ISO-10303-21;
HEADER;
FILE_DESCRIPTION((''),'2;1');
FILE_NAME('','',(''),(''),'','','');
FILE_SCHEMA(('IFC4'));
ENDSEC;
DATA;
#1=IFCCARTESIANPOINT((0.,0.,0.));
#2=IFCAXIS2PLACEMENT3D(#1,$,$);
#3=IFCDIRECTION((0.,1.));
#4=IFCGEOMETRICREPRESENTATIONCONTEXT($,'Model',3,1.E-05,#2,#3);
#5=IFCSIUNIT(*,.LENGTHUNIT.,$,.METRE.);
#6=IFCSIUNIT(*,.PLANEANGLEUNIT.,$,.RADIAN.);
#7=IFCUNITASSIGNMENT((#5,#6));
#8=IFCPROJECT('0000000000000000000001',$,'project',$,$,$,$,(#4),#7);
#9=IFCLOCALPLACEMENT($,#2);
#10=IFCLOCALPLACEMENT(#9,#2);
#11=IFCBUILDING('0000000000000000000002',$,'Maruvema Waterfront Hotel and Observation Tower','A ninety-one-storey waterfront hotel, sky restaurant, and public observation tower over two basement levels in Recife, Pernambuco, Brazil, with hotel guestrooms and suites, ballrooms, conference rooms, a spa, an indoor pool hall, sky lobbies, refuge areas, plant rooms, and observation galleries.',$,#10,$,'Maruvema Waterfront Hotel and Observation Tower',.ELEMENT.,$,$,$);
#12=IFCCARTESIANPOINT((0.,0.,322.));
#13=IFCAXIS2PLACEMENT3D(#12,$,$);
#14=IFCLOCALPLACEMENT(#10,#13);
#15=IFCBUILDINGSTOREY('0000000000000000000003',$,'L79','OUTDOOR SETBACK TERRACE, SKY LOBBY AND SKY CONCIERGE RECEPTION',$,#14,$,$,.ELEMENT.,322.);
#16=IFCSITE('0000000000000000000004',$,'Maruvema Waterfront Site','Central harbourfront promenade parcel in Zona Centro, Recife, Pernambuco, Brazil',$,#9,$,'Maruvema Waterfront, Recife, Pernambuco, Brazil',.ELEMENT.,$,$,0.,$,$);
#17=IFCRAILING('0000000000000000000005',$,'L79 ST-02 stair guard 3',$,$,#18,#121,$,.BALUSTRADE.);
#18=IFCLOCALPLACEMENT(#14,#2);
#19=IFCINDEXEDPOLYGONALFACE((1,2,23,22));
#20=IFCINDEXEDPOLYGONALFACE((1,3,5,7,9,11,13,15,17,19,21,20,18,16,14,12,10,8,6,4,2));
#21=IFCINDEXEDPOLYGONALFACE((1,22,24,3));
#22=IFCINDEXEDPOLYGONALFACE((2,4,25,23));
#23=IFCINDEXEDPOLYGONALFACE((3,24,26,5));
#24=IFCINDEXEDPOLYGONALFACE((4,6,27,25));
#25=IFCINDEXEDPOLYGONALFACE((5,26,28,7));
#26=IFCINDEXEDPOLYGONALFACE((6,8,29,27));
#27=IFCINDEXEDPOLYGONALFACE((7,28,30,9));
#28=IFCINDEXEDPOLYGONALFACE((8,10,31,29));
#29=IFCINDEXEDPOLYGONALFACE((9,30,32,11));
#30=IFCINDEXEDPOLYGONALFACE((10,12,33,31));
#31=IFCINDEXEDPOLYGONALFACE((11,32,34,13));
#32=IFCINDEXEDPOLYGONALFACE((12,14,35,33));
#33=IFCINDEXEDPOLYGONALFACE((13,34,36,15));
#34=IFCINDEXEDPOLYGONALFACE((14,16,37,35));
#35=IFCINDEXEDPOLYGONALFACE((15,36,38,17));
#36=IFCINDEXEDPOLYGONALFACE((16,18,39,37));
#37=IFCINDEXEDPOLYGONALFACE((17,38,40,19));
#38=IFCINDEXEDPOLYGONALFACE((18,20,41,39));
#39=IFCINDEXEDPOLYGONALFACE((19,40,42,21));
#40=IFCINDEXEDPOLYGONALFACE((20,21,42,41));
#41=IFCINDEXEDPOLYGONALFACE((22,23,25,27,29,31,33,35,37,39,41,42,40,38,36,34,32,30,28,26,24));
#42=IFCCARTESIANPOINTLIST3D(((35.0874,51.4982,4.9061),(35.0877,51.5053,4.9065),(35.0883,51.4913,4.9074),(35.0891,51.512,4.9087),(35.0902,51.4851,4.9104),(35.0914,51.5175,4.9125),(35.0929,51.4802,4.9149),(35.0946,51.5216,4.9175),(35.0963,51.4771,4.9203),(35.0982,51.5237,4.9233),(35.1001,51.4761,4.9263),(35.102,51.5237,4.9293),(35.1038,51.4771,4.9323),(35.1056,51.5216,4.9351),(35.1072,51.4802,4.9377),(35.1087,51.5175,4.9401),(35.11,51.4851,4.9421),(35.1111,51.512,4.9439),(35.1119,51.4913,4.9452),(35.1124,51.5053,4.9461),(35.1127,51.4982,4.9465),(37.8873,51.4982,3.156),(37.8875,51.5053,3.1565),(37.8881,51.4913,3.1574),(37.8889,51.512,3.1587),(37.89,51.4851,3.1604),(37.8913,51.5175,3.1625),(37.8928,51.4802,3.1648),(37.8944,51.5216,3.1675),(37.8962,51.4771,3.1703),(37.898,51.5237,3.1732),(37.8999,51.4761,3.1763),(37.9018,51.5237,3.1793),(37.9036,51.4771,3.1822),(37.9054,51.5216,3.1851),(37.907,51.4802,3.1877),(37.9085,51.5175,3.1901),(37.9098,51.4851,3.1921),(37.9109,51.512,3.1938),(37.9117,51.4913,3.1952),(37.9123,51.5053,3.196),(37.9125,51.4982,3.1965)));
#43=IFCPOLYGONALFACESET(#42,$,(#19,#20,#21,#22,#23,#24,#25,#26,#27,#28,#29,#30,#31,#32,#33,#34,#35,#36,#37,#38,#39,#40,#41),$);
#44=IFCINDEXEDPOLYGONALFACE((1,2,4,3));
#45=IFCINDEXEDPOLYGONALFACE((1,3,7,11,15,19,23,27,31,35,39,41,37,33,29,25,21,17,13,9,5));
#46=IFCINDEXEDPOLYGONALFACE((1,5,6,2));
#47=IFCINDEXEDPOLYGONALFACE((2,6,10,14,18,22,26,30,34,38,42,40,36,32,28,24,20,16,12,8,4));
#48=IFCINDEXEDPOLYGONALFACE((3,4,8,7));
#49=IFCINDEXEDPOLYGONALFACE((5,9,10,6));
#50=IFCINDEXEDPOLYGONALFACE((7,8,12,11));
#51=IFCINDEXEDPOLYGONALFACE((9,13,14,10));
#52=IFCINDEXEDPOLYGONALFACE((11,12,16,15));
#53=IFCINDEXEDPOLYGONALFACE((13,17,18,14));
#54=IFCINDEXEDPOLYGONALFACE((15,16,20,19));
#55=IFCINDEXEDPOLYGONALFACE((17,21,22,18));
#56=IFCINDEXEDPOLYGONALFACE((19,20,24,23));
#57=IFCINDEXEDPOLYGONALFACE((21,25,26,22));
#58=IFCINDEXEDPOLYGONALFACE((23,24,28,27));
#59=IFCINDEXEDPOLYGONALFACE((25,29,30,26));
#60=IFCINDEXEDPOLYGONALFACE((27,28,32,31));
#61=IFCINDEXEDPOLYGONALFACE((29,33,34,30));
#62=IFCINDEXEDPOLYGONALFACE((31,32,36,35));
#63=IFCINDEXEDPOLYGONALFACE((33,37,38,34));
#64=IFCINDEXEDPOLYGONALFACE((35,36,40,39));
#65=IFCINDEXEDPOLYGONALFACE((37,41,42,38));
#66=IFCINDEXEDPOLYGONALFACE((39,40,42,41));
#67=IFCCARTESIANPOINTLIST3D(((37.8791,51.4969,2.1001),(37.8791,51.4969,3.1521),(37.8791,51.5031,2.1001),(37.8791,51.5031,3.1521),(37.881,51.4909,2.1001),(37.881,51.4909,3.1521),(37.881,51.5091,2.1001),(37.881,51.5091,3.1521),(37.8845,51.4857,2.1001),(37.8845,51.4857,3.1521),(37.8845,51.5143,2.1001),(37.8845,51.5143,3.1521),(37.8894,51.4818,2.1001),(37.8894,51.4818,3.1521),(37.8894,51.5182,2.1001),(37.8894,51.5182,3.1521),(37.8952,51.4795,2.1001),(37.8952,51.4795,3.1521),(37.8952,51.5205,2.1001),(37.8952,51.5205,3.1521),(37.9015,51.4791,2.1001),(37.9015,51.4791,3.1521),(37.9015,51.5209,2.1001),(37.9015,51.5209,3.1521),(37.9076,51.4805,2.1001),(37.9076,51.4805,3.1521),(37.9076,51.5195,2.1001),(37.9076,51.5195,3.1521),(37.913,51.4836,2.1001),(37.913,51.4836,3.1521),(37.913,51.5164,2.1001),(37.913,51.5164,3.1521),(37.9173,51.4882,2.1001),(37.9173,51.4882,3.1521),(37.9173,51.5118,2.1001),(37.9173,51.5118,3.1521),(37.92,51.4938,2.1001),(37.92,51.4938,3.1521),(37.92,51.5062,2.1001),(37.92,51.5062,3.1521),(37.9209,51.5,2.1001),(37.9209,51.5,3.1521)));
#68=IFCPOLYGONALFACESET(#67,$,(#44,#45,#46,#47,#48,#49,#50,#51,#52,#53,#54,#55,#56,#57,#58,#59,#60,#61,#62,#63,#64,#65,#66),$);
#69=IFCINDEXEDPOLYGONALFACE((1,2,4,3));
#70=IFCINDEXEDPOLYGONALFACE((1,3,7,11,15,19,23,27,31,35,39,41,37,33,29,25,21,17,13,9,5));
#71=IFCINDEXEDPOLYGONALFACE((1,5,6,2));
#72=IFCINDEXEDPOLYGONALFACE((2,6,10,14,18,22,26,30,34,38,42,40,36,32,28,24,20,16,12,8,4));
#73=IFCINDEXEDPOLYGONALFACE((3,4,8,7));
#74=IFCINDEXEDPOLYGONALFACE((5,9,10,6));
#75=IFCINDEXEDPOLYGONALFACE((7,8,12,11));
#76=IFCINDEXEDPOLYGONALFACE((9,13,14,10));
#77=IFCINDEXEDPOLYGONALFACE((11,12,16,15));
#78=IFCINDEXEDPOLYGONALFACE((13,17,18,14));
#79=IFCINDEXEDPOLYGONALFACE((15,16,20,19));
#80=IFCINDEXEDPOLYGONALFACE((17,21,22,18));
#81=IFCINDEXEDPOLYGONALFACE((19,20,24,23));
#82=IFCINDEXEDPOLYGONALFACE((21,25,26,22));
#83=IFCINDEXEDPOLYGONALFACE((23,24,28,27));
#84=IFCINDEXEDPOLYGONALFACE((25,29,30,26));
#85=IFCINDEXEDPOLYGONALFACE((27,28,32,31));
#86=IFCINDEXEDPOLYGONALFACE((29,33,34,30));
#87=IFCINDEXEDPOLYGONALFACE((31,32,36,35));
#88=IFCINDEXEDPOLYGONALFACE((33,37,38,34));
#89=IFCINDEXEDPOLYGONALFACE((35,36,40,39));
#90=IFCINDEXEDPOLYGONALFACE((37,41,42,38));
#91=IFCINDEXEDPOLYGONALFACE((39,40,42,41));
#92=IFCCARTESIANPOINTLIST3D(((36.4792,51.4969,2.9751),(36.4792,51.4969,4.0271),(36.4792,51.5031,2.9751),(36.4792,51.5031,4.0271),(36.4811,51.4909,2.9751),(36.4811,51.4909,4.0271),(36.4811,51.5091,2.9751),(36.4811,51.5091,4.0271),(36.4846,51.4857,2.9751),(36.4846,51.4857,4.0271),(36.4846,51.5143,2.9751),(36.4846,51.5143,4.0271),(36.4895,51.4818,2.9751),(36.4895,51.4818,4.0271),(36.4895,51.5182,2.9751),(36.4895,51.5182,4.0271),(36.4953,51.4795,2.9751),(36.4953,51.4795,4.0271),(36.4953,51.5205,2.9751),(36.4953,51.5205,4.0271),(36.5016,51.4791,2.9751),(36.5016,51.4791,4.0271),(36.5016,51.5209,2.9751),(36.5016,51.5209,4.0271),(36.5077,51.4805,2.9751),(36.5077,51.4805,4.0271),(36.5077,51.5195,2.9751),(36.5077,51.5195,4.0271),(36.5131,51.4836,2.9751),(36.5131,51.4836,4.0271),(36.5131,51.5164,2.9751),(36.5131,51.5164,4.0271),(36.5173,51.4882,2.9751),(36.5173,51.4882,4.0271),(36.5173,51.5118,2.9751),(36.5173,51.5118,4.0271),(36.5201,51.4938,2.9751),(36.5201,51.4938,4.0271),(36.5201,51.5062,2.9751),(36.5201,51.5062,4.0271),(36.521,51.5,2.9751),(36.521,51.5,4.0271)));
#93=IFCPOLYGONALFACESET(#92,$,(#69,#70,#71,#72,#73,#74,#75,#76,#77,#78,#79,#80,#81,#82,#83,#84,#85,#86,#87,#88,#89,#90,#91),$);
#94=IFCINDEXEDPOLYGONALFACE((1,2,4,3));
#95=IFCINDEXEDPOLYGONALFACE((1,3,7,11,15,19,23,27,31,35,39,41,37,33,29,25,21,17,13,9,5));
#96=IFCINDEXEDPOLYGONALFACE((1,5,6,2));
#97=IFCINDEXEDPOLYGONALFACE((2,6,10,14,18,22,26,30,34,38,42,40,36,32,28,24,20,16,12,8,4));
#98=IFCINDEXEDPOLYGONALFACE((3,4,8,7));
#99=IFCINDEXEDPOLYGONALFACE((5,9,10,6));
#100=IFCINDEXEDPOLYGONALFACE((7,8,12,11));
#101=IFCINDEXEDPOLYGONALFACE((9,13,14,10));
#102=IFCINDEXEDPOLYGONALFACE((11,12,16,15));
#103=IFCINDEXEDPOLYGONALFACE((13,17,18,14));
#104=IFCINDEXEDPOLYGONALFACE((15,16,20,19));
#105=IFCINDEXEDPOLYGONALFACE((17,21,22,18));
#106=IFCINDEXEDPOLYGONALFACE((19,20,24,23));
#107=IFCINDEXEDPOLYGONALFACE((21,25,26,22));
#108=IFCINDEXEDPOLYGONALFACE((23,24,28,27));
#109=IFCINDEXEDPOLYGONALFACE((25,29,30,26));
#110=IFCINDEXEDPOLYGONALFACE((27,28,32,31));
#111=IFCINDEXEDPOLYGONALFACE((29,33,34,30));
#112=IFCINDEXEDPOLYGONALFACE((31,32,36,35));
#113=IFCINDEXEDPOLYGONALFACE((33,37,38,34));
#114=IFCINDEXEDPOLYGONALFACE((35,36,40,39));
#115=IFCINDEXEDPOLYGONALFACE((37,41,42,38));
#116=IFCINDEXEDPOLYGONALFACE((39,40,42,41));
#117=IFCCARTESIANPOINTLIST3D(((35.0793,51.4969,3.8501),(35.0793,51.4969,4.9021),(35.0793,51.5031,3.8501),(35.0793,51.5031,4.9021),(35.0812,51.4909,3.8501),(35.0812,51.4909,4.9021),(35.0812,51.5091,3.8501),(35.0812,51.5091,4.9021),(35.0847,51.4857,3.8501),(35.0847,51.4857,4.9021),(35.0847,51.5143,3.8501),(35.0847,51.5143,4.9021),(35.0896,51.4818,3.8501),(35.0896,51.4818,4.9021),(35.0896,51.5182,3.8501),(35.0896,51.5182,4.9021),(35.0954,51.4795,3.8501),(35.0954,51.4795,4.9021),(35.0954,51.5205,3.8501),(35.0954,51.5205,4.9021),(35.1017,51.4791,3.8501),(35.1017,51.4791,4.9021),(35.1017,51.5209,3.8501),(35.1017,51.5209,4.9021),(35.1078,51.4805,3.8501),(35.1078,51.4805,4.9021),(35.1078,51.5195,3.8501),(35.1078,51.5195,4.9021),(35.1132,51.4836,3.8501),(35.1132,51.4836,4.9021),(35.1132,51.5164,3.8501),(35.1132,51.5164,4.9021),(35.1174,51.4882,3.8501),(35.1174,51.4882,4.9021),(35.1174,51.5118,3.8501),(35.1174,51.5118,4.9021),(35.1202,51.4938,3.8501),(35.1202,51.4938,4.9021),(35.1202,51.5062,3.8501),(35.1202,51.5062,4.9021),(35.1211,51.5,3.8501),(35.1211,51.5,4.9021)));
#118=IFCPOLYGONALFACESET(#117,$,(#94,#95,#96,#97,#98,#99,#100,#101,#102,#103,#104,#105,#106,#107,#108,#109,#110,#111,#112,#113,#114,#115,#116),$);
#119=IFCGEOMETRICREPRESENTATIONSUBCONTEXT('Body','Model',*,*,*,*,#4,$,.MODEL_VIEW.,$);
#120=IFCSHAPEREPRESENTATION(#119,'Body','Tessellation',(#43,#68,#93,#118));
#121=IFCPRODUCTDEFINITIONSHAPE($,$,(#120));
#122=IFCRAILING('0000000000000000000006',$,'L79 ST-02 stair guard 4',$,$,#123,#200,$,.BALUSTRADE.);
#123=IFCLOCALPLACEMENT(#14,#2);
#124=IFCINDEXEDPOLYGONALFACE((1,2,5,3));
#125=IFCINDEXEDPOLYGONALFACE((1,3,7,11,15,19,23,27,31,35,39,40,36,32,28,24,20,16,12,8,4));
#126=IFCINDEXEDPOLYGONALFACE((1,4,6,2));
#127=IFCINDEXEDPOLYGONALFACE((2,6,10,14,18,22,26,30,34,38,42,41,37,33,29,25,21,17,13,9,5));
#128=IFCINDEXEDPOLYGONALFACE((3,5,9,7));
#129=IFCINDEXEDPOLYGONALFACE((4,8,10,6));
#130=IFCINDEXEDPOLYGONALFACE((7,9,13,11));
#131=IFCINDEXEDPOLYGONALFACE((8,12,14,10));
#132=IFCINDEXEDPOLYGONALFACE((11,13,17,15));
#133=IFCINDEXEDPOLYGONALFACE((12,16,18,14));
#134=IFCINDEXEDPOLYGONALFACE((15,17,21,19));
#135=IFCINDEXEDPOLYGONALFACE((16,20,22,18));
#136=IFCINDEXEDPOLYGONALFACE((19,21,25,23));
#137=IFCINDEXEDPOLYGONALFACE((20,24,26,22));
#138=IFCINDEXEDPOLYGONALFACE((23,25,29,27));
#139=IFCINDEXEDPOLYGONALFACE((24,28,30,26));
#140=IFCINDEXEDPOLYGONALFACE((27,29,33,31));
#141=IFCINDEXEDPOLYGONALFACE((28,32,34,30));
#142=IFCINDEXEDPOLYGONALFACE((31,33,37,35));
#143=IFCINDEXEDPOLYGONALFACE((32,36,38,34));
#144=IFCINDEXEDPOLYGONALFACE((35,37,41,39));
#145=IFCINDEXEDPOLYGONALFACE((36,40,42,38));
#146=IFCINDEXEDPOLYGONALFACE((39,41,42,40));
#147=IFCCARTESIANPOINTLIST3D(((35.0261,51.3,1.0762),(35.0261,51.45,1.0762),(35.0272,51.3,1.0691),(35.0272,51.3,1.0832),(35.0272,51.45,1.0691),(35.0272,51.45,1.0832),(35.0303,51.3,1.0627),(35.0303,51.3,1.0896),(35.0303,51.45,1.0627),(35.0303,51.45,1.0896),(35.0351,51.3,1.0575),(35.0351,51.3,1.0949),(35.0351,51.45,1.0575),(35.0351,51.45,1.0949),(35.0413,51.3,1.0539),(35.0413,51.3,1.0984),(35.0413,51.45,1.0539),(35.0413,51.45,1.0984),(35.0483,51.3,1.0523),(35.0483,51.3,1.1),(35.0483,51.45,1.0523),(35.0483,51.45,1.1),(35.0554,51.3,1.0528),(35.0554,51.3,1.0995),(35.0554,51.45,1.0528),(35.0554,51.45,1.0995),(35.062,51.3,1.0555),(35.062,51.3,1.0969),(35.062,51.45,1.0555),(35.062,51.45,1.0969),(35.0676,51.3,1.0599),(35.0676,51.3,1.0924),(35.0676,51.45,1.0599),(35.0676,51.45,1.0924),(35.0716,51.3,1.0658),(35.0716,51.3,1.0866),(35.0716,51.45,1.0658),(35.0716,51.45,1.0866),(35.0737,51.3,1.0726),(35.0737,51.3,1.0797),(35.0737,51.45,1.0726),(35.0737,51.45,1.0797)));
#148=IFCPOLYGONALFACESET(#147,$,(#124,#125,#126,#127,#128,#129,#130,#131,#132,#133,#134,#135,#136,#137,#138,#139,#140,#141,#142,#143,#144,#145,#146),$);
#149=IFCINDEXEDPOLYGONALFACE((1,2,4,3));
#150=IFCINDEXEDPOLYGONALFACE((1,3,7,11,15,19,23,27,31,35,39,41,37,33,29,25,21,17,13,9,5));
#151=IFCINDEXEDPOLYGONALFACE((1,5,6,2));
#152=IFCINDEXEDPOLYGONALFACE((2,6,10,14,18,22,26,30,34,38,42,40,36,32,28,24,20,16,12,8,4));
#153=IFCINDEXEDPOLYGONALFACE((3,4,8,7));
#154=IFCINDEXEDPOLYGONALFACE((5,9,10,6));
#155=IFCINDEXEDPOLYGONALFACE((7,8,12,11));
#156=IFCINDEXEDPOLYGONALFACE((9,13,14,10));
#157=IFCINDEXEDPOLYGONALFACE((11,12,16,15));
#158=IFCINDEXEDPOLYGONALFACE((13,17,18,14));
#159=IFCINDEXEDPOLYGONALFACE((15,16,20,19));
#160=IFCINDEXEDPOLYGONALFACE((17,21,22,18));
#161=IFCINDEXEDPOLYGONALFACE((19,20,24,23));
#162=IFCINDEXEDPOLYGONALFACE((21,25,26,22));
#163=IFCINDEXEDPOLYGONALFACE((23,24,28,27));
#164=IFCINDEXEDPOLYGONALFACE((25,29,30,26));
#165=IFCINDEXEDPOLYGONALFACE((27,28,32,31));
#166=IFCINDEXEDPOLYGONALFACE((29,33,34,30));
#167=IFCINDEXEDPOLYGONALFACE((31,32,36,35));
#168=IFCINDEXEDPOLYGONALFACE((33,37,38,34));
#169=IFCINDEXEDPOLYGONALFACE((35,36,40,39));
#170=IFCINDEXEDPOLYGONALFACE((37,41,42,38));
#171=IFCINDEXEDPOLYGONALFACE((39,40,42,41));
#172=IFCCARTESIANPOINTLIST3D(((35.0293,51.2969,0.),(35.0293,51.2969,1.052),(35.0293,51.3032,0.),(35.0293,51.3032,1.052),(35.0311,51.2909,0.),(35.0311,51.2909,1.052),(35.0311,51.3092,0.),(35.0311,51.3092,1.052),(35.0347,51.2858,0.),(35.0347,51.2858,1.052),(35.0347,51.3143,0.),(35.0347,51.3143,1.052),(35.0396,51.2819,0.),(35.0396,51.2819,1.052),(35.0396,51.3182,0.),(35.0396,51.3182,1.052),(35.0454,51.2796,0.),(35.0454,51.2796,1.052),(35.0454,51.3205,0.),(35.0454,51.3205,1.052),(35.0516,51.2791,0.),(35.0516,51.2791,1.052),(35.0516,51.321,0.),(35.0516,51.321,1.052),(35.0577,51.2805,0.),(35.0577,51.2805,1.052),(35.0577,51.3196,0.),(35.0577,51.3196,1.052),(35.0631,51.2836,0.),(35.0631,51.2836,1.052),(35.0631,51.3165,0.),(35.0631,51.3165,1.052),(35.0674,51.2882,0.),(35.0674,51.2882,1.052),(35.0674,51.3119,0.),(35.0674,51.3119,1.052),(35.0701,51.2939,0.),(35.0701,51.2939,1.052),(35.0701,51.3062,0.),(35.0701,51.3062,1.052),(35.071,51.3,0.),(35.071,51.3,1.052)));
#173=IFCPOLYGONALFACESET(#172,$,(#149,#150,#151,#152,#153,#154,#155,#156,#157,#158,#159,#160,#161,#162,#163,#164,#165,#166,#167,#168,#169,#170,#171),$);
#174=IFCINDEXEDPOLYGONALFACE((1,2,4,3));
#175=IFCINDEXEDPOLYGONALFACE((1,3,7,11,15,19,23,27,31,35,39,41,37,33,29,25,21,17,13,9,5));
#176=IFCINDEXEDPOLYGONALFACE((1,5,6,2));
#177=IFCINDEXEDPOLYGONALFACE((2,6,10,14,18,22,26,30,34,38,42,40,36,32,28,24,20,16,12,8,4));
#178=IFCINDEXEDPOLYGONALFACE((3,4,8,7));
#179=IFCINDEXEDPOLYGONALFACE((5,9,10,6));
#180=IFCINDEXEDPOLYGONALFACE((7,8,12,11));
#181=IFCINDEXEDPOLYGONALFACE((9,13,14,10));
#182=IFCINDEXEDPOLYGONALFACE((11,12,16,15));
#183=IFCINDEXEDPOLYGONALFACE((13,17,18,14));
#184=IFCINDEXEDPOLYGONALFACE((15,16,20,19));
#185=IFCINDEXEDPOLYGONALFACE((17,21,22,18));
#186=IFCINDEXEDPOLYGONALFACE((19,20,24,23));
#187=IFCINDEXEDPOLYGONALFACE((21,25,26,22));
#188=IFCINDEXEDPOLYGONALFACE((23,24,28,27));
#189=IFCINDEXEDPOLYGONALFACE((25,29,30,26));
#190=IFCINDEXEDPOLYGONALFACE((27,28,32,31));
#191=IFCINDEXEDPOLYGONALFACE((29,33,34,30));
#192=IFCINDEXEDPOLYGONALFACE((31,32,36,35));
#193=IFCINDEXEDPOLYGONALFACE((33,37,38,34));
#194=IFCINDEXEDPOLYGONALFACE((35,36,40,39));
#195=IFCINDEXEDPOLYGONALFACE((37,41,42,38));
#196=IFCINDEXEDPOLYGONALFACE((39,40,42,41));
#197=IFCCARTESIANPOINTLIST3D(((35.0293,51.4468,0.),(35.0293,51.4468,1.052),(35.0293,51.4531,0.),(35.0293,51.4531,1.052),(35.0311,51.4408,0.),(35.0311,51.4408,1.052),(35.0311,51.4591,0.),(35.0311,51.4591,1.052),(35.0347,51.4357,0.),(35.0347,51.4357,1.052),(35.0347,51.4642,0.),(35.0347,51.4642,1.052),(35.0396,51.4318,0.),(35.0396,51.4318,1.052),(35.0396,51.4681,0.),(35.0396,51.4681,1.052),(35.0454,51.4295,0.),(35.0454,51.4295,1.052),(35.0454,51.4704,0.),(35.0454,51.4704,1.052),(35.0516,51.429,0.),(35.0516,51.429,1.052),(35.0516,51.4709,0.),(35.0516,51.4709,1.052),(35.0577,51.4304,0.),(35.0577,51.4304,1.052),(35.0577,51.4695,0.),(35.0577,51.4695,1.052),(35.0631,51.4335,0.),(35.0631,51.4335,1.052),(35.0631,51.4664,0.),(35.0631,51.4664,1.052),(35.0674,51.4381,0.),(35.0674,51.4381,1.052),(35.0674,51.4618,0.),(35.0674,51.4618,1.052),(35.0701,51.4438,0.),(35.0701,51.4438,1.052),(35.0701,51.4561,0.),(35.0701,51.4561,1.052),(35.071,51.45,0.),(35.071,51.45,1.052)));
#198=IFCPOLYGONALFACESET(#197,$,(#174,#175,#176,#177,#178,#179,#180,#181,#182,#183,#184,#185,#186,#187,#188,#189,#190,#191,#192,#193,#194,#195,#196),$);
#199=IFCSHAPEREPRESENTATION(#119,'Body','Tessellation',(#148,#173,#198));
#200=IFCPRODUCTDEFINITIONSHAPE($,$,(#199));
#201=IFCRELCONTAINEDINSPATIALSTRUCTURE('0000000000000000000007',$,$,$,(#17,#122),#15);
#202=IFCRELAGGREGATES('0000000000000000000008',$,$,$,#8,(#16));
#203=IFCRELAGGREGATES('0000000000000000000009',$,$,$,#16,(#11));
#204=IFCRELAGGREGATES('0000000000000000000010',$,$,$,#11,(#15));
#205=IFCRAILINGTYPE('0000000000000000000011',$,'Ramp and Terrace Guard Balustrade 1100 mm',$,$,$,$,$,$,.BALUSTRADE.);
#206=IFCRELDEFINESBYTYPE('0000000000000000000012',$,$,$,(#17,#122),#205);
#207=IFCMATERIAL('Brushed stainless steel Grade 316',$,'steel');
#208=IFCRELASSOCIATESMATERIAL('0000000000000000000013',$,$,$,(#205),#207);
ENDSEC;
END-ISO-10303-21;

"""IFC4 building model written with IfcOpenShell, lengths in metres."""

from ifc_helpers import new_model, si_unit, direction, frame, origin, origin_2d, place, context, subcontext, project, spatial, circle, extrude, material, type_object, element, save


model = new_model("IFC4")

# Units and contexts
model_context = context("Model", 3, precision=1e-05, world=origin(), true_north=direction((0.0, 1.0)))
body_context = subcontext(model_context, "Body", "Model", "MODEL_VIEW")
ifc_project = project(units=[si_unit("LENGTHUNIT", "METRE"), si_unit("PLANEANGLEUNIT", "RADIAN")], contexts=[model_context])

# Site, building, storey
site_placement = place(None, origin())
site = spatial("IfcSite", under=ifc_project, at=site_placement, Name="Maruvema Waterfront Site", Description="Central harbourfront promenade parcel in Zona Centro, Recife, Pernambuco, Brazil", LongName="Maruvema Waterfront, Recife, Pernambuco, Brazil", CompositionType="ELEMENT", RefElevation=0.0)
building_placement = place(site_placement, origin())
building = spatial("IfcBuilding", under=site, at=building_placement, Name="Maruvema Waterfront Hotel and Observation Tower", Description="A ninety-one-storey waterfront hotel, sky restaurant, and public observation tower over two basement levels in Recife, Pernambuco, Brazil, with hotel guestrooms and suites, ballrooms, conference rooms, a spa, an indoor pool hall, sky lobbies, refuge areas, plant rooms, and observation galleries.", LongName="Maruvema Waterfront Hotel and Observation Tower", CompositionType="ELEMENT")
storey_placement = place(building_placement, frame((0.0, 0.0, 322.0)))
storey = spatial("IfcBuildingStorey", under=building, at=storey_placement, Name="L79", Description="OUTDOOR SETBACK TERRACE, SKY LOBBY AND SKY CONCIERGE RECEPTION", CompositionType="ELEMENT", Elevation=322.0)

# Railings
ifc_material_1 = material(Name="Brushed stainless steel Grade 316", Category="steel")
railing_type_1 = type_object("IfcRailingType", Name="Ramp and Terrace Guard Balustrade 1100 mm", PredefinedType="BALUSTRADE", material=ifc_material_1)
railing_1_placement = place(storey_placement, frame((37.8999, 51.5, 2.1001)))
element("IfcRailing", 1, at=railing_1_placement, inside=storey, type_object=railing_type_1, Name="L79 ST-02 stair guard 3", PredefinedType="BALUSTRADE", context=body_context, shape_type="SweptSolid", body=[
    extrude(circle(Radius=0.0239, at=origin_2d()), frame((0.0, 0.0, 1.0762), z_axis=(-0.847982, 0.0, 0.530026), x_axis=(0.0, -1.0, 0.0)), (0.0, 0.0, 1.0), 3.3018),
    extrude(circle(Radius=0.021, at=origin_2d()), origin(), (0.0, 0.0, 1.0), 1.052),
    extrude(circle(Radius=0.021, at=origin_2d()), frame((-1.3999, 0.0, 0.875)), (0.0, 0.0, 1.0), 1.052),
    extrude(circle(Radius=0.021, at=origin_2d()), frame((-2.7998, 0.0, 1.75)), (0.0, 0.0, 1.0), 1.052),
])
railing_2_placement = place(storey_placement, frame((35.05, 51.3, 0.0)))
element("IfcRailing", 2, at=railing_2_placement, inside=storey, type_object=railing_type_1, Name="L79 ST-02 stair guard 4", PredefinedType="BALUSTRADE", context=body_context, shape_type="SweptSolid", body=[
    extrude(circle(Radius=0.0239, at=origin_2d()), frame((0.0, 0.0, 1.0762), z_axis=(0.0, 1.0, 0.0), x_axis=(-1.0, 0.0, 0.0)), (0.0, 0.0, 1.0), 0.1499),
    extrude(circle(Radius=0.021, at=origin_2d()), origin(), (0.0, 0.0, 1.0), 1.052),
    extrude(circle(Radius=0.021, at=origin_2d()), frame((0.0, 0.1499, 0.0)), (0.0, 0.0, 1.0), 1.052),
])

save(model, "model.ifc")
